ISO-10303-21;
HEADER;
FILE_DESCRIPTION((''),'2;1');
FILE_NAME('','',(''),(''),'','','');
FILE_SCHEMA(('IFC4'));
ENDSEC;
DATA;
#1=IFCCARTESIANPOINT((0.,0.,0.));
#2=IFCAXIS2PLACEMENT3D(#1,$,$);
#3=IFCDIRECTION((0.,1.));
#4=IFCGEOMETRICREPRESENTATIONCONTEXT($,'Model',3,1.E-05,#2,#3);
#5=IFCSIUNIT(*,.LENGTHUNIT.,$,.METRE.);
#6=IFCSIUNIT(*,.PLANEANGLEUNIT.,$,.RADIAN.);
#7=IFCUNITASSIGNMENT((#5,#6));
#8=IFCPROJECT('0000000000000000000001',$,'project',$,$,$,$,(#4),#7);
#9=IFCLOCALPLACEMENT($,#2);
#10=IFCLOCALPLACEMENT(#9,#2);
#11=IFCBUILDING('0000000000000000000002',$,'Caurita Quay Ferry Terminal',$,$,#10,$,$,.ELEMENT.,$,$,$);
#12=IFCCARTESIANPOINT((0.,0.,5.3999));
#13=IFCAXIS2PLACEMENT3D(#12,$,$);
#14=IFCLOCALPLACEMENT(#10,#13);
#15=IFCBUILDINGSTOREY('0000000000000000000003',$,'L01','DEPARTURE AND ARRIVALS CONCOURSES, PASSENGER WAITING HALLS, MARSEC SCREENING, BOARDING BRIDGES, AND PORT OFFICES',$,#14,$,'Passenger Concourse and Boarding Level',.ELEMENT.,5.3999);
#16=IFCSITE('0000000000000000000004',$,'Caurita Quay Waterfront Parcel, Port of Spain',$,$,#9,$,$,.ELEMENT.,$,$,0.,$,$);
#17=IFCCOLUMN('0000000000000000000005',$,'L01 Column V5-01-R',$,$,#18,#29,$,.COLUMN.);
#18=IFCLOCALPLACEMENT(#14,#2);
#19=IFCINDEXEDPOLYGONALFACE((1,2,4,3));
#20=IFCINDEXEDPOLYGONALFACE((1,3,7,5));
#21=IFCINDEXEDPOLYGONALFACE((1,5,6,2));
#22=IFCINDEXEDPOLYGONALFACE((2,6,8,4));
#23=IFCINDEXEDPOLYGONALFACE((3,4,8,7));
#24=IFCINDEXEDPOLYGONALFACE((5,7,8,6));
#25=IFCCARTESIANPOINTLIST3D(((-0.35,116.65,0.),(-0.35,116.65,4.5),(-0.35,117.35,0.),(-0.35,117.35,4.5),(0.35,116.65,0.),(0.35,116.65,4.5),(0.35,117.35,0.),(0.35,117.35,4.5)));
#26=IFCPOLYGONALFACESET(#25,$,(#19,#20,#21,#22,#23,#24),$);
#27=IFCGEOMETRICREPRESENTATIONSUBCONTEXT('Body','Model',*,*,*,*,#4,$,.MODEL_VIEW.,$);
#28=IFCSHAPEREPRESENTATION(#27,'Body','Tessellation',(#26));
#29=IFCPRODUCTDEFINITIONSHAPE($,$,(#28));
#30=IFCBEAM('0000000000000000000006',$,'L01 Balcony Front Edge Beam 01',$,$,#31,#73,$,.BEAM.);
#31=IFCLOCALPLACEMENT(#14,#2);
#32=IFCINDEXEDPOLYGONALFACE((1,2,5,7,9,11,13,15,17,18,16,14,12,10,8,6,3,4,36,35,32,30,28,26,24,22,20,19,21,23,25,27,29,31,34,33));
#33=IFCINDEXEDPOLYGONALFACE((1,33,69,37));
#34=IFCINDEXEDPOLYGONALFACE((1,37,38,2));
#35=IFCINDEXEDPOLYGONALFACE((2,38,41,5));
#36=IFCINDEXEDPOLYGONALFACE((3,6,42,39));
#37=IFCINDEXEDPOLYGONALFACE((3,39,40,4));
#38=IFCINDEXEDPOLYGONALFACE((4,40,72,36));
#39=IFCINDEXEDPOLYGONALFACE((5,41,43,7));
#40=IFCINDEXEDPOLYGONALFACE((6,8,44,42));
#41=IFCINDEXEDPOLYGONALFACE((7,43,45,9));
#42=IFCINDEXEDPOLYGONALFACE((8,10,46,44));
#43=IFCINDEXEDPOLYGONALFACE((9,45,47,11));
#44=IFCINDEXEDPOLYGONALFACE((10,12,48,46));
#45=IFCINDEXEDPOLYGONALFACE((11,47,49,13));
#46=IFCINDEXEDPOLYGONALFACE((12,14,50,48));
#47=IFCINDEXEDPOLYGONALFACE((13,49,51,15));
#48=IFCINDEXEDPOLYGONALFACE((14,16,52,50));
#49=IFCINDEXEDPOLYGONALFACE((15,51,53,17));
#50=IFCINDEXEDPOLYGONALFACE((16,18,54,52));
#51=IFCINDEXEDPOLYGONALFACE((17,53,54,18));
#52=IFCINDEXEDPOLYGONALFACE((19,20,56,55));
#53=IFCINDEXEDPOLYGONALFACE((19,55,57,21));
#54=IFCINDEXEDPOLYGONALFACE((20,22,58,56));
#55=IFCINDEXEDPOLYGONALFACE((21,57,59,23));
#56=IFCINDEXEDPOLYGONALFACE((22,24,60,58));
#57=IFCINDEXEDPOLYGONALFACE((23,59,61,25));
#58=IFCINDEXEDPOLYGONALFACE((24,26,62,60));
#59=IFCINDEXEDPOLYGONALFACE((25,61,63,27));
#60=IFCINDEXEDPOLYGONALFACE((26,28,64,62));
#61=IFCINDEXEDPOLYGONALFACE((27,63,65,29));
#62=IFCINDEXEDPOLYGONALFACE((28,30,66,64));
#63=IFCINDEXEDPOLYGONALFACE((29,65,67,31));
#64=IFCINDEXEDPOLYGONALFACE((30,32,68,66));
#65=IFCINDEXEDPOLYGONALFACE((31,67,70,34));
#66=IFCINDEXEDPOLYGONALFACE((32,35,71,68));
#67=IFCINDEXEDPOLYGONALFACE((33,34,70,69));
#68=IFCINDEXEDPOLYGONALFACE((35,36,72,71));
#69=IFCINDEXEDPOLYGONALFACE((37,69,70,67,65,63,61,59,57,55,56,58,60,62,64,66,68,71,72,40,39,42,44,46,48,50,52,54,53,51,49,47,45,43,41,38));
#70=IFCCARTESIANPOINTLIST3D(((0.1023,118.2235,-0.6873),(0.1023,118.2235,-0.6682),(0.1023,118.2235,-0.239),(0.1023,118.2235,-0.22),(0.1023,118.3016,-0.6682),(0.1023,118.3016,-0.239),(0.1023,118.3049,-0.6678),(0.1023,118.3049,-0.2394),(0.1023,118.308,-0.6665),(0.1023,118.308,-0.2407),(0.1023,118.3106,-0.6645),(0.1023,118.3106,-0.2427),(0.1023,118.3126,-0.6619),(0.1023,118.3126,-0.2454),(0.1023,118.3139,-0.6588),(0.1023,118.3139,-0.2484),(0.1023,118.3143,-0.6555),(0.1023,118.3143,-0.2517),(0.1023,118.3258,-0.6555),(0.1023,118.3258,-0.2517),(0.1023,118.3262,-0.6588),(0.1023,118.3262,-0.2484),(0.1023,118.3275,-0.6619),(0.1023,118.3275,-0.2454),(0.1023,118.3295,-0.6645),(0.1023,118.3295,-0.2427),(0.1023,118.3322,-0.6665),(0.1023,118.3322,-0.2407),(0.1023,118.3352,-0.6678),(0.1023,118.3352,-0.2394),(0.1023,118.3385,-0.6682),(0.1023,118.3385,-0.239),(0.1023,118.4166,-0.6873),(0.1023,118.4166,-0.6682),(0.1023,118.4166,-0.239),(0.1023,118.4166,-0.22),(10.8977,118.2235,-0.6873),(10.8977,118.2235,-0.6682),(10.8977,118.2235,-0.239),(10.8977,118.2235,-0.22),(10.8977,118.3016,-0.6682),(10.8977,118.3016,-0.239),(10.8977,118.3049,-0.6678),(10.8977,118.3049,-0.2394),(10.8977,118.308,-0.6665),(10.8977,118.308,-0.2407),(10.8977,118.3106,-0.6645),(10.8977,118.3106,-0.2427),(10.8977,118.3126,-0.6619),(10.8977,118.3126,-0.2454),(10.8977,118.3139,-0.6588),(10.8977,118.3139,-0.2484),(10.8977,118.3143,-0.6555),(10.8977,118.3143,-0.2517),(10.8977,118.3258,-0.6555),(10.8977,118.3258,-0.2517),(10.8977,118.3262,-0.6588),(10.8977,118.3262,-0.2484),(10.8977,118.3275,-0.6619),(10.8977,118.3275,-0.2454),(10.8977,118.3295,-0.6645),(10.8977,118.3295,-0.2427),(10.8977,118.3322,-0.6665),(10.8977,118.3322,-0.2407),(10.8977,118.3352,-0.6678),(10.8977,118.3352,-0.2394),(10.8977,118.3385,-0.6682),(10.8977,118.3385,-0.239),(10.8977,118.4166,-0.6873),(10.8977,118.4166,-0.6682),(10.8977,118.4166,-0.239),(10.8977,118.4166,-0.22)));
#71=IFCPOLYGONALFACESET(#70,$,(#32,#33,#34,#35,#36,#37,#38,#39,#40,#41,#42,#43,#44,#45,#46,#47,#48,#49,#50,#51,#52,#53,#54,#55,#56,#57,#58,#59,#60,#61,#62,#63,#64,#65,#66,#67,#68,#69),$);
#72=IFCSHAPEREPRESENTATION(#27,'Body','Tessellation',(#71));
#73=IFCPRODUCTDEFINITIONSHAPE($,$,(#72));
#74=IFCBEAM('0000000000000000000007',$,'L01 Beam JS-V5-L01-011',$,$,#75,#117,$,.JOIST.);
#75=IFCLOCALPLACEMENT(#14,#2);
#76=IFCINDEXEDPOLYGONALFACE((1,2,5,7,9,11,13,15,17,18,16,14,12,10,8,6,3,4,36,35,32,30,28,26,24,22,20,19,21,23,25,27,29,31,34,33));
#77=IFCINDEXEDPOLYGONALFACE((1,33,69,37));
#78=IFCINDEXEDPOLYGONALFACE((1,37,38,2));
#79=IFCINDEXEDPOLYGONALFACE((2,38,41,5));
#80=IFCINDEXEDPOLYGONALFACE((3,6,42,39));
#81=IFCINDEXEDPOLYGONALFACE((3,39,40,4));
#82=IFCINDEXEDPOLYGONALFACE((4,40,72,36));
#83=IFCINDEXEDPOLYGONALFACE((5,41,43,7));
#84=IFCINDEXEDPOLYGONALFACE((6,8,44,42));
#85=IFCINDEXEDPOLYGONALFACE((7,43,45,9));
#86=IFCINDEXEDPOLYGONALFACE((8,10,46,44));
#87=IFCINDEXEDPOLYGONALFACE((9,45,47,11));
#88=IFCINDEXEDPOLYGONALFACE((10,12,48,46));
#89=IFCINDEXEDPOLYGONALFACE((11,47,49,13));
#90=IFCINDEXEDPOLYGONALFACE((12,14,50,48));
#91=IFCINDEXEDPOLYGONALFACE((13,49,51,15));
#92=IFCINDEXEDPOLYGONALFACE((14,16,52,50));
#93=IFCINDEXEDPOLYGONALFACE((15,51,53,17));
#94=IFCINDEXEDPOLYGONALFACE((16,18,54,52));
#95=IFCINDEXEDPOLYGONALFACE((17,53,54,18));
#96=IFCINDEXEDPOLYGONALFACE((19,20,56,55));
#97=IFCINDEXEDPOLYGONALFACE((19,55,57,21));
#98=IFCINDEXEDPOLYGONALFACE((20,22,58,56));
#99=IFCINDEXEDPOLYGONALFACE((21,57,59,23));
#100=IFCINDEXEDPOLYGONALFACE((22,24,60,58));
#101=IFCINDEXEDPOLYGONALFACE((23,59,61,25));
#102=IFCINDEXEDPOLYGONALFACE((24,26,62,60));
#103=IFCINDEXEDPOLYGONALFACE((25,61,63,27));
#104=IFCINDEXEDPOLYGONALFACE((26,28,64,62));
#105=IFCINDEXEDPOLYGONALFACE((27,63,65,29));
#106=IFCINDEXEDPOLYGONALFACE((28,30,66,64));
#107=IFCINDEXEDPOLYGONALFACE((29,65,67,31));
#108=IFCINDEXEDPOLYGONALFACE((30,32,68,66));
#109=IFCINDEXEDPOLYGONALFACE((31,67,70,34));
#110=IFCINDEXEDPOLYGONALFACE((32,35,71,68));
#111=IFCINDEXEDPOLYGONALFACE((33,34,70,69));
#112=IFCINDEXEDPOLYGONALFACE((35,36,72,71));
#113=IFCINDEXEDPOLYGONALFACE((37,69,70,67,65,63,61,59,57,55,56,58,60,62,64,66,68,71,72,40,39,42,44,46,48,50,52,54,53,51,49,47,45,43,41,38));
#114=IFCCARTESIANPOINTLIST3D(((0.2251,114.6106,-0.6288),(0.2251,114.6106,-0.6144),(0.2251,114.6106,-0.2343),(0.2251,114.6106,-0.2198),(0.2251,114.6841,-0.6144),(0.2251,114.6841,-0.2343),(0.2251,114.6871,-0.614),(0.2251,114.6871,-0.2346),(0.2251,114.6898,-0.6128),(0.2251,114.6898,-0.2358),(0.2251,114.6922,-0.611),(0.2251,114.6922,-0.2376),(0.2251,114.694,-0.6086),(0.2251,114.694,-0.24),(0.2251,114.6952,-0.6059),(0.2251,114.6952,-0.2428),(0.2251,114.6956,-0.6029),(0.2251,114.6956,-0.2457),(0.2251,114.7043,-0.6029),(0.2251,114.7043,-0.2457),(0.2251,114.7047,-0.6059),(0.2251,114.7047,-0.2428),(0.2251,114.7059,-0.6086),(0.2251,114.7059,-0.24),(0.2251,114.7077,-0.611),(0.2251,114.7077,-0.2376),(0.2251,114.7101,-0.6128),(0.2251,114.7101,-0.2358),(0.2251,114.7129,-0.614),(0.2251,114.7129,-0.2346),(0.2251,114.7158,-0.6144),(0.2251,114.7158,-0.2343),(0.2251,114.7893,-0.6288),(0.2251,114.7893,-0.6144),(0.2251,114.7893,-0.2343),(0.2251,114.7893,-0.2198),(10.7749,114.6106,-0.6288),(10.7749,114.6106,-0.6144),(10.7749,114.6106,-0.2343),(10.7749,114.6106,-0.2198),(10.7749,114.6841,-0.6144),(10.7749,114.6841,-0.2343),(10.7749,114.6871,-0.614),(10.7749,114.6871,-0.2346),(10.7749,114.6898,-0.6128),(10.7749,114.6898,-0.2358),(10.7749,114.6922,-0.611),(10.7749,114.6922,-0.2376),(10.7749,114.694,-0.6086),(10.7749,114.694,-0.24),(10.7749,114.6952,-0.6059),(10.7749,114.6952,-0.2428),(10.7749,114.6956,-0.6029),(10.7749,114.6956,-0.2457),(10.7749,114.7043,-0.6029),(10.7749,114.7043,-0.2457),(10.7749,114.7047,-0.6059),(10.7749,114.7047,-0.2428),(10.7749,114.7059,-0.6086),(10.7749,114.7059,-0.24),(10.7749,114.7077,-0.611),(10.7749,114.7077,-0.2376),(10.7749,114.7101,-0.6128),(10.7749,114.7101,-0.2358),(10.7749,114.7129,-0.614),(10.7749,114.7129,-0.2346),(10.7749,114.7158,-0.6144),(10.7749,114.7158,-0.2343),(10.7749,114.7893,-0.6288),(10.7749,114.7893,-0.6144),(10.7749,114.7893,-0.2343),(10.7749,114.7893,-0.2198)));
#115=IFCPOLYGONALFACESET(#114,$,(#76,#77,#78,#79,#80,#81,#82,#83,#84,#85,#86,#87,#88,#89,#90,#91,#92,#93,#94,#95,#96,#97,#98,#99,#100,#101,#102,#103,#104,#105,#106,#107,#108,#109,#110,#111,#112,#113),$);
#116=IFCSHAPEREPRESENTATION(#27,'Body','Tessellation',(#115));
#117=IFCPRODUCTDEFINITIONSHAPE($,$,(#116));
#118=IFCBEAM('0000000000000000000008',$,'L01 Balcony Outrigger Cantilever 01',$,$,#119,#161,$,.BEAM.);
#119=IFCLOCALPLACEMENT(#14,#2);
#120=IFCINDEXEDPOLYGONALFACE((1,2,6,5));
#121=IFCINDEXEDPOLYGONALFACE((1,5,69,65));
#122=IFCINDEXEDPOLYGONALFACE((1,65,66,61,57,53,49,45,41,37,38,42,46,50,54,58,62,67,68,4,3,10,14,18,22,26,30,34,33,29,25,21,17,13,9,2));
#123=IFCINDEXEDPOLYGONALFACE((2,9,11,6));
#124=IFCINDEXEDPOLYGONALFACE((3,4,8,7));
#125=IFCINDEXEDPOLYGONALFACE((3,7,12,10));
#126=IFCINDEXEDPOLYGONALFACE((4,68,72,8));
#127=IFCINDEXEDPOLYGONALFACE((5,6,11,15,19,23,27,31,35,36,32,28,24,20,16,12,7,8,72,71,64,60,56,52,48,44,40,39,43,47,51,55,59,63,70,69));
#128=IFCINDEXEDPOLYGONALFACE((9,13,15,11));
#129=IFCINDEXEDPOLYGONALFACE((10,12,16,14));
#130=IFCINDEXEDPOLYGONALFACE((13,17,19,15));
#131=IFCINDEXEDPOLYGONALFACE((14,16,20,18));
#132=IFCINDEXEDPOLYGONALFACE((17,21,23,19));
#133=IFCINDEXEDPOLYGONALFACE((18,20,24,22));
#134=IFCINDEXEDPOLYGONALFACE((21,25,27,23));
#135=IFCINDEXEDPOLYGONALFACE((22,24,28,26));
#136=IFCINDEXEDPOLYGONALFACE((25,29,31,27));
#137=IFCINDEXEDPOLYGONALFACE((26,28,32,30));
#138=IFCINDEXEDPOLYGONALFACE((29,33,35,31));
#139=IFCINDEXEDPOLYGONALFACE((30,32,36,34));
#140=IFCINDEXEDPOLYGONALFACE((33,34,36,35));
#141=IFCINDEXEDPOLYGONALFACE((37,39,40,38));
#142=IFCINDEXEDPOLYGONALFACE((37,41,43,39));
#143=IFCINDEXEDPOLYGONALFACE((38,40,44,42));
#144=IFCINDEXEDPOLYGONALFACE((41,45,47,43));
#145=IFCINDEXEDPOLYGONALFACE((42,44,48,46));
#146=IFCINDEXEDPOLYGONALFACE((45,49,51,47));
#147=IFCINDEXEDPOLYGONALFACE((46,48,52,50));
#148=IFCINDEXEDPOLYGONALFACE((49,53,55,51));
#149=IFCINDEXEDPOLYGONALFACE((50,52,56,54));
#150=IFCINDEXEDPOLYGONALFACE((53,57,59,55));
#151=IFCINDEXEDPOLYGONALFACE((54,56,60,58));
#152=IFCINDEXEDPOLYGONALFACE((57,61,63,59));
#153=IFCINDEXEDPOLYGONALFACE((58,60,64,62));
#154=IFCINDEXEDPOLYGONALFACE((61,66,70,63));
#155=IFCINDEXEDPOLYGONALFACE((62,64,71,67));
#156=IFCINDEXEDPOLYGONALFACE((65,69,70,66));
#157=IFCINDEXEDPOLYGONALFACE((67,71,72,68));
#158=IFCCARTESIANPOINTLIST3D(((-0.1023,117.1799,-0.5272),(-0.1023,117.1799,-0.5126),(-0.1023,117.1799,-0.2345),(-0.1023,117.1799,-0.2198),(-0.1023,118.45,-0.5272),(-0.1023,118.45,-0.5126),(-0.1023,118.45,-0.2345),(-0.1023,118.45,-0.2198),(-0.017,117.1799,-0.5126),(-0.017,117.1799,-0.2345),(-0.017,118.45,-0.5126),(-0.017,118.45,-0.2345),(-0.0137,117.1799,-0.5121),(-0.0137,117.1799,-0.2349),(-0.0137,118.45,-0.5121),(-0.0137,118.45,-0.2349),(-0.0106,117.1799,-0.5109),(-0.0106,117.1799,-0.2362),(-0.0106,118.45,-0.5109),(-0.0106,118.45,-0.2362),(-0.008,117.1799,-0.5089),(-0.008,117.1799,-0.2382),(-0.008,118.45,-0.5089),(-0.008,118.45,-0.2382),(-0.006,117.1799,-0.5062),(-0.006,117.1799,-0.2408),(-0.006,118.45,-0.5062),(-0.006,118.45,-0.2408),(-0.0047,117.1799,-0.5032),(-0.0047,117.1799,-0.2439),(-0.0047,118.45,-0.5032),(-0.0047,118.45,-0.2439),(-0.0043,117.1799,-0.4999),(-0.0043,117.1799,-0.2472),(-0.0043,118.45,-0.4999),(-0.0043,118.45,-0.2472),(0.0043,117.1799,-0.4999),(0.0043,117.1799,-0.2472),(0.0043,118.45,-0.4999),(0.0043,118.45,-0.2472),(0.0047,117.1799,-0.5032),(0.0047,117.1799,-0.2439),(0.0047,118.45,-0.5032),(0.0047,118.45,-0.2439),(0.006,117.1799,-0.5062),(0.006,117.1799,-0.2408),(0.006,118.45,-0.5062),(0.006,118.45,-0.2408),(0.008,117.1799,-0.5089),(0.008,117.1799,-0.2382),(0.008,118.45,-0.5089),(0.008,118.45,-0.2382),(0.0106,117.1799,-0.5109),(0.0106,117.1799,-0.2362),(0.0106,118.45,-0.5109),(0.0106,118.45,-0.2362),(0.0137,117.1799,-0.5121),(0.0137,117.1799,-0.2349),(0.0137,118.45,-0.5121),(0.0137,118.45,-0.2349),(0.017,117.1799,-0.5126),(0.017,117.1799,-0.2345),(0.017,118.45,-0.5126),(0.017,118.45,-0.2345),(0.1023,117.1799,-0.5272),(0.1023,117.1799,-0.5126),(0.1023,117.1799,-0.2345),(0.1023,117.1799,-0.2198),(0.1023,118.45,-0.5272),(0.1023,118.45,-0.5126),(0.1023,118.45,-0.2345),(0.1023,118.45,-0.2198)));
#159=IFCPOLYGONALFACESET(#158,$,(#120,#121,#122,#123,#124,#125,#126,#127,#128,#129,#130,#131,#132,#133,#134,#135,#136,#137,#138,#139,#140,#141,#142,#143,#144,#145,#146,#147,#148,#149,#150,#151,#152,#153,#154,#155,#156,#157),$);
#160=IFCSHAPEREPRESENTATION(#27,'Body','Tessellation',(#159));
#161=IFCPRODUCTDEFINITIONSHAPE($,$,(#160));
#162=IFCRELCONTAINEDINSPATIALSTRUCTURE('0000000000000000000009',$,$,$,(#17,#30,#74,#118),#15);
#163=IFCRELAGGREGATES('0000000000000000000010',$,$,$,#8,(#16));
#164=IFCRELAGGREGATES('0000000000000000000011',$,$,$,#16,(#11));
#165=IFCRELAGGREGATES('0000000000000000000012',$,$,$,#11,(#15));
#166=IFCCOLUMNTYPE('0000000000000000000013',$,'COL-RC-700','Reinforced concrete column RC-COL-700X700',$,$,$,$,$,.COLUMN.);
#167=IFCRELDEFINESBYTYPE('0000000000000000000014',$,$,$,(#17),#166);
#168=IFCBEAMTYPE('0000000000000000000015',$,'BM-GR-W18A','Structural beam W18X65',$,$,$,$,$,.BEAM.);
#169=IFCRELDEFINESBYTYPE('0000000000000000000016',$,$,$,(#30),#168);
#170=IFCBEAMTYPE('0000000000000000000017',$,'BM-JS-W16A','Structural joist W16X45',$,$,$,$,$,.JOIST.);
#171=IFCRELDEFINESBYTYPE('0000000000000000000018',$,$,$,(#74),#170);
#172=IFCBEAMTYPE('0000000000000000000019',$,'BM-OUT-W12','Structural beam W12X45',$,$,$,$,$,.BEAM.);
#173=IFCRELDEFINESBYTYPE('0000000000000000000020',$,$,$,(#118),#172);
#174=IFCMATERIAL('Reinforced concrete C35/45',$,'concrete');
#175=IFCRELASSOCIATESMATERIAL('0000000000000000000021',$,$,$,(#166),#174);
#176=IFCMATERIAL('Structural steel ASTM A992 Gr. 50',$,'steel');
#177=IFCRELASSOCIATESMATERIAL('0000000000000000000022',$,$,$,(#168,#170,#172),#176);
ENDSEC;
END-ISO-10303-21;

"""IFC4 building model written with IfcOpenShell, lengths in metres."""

from ifc_helpers import new_model, si_unit, direction, frame, origin, origin_2d, place, context, subcontext, project, spatial, rectangle, i_section, extrude, material, material_profile, profile_set, type_object, element, save


model = new_model("IFC4")

# Units and contexts
model_context = context("Model", 3, precision=1e-05, world=origin(), true_north=direction((0.0, 1.0)))
body_context = subcontext(model_context, "Body", "Model", "MODEL_VIEW")
ifc_project = project(units=[si_unit("LENGTHUNIT", "METRE"), si_unit("PLANEANGLEUNIT", "RADIAN")], contexts=[model_context])

# Site, building, storey
site_placement = place(None, origin())
site = spatial("IfcSite", under=ifc_project, at=site_placement, Name="Caurita Quay Waterfront Parcel, Port of Spain", CompositionType="ELEMENT", RefElevation=0.0)
building_placement = place(site_placement, origin())
building = spatial("IfcBuilding", under=site, at=building_placement, Name="Caurita Quay Ferry Terminal", CompositionType="ELEMENT")
storey_placement = place(building_placement, frame((0.0, 0.0, 5.3999)))
storey = spatial("IfcBuildingStorey", under=building, at=storey_placement, Name="L01", Description="DEPARTURE AND ARRIVALS CONCOURSES, PASSENGER WAITING HALLS, MARSEC SCREENING, BOARDING BRIDGES, AND PORT OFFICES", LongName="Passenger Concourse and Boarding Level", CompositionType="ELEMENT", Elevation=5.3999)

# Column
ifc_material_1 = material(Name="Reinforced concrete C35/45", Category="concrete")
ifc_material_profile_1 = material_profile(ifc_material_1, rectangle(XDim=0.7, YDim=0.7, at=origin_2d()), Name="RC-COL-700X700")
ifc_profile_set_1 = profile_set([ifc_material_profile_1], Name="Reinforced concrete C35/45")
column_type = type_object("IfcColumnType", Name="COL-RC-700", Description="Reinforced concrete column RC-COL-700X700", PredefinedType="COLUMN", material=ifc_profile_set_1)
column_placement = place(storey_placement, frame((0.0, 117.0, 0.0), z_axis=(0.0, 0.0, 1.0), x_axis=(1.0, 0.0, 0.0)))
element("IfcColumn", 1, at=column_placement, inside=storey, type_object=column_type, Name="L01 Column V5-01-R", PredefinedType="COLUMN", context=body_context, shape_type="SweptSolid", body=[
    extrude(rectangle(XDim=0.7, YDim=0.7, at=origin_2d()), origin(), (0.0, 0.0, 1.0), 4.5),
])

# Beams
ifc_material_2 = material(Name="Structural steel ASTM A992 Gr. 50", Category="steel")
ifc_material_profile_2 = material_profile(ifc_material_2, i_section(OverallWidth=0.1931, OverallDepth=0.4673, WebThickness=0.0115, FlangeThickness=0.019, FilletRadius=0.0127, at=origin_2d()), Name="W18X65")
ifc_profile_set_2 = profile_set([ifc_material_profile_2], Name="Structural steel ASTM A992 Gr. 50")
beam_type_1 = type_object("IfcBeamType", Name="BM-GR-W18A", Description="Structural beam W18X65", PredefinedType="BEAM", material=ifc_profile_set_2)
beam_1_placement = place(storey_placement, frame((0.1023, 118.3201, -0.4536), z_axis=(1.0, 0.0, 0.0), x_axis=(0.0, 1.0, 0.0)))
element("IfcBeam", 2, at=beam_1_placement, inside=storey, type_object=beam_type_1, Name="L01 Balcony Front Edge Beam 01", PredefinedType="BEAM", context=body_context, shape_type="SweptSolid", body=[
    extrude(i_section(OverallWidth=0.1931, OverallDepth=0.4673, WebThickness=0.0115, FlangeThickness=0.019, FilletRadius=0.0127, at=origin_2d()), origin(), (0.0, 0.0, 1.0), 10.7954),
])
ifc_material_profile_3 = material_profile(ifc_material_2, i_section(OverallWidth=0.1787, OverallDepth=0.4089, WebThickness=0.0088, FlangeThickness=0.0144, FilletRadius=0.0115, at=origin_2d()), Name="W16X45")
ifc_profile_set_3 = profile_set([ifc_material_profile_3], Name="Structural steel ASTM A992 Gr. 50")
beam_type_2 = type_object("IfcBeamType", Name="BM-JS-W16A", Description="Structural joist W16X45", PredefinedType="JOIST", material=ifc_profile_set_3)
beam_2_placement = place(storey_placement, frame((0.2251, 114.7, -0.4243), z_axis=(1.0, 0.0, 0.0), x_axis=(0.0, 1.0, 0.0)))
element("IfcBeam", 3, at=beam_2_placement, inside=storey, type_object=beam_type_2, Name="L01 Beam JS-V5-L01-011", PredefinedType="JOIST", context=body_context, shape_type="SweptSolid", body=[
    extrude(i_section(OverallWidth=0.1787, OverallDepth=0.4089, WebThickness=0.0088, FlangeThickness=0.0144, FilletRadius=0.0115, at=origin_2d()), origin(), (0.0, 0.0, 1.0), 10.5498),
])
ifc_material_profile_4 = material_profile(ifc_material_2, i_section(OverallWidth=0.2046, OverallDepth=0.3074, WebThickness=0.0085, FlangeThickness=0.0146, FilletRadius=0.0127, at=origin_2d()), Name="W12X45")
ifc_profile_set_4 = profile_set([ifc_material_profile_4], Name="Structural steel ASTM A992 Gr. 50")
beam_type_3 = type_object("IfcBeamType", Name="BM-OUT-W12", Description="Structural beam W12X45", PredefinedType="BEAM", material=ifc_profile_set_4)
beam_3_placement = place(storey_placement, frame((0.0, 117.1799, -0.3735), z_axis=(0.0, 1.0, 0.0), x_axis=(-1.0, 0.0, 0.0)))
element("IfcBeam", 4, at=beam_3_placement, inside=storey, type_object=beam_type_3, Name="L01 Balcony Outrigger Cantilever 01", PredefinedType="BEAM", context=body_context, shape_type="SweptSolid", body=[
    extrude(i_section(OverallWidth=0.2046, OverallDepth=0.3074, WebThickness=0.0085, FlangeThickness=0.0146, FilletRadius=0.0127, at=origin_2d()), origin(), (0.0, 0.0, 1.0), 1.27),
])

save(model, "model.ifc")
